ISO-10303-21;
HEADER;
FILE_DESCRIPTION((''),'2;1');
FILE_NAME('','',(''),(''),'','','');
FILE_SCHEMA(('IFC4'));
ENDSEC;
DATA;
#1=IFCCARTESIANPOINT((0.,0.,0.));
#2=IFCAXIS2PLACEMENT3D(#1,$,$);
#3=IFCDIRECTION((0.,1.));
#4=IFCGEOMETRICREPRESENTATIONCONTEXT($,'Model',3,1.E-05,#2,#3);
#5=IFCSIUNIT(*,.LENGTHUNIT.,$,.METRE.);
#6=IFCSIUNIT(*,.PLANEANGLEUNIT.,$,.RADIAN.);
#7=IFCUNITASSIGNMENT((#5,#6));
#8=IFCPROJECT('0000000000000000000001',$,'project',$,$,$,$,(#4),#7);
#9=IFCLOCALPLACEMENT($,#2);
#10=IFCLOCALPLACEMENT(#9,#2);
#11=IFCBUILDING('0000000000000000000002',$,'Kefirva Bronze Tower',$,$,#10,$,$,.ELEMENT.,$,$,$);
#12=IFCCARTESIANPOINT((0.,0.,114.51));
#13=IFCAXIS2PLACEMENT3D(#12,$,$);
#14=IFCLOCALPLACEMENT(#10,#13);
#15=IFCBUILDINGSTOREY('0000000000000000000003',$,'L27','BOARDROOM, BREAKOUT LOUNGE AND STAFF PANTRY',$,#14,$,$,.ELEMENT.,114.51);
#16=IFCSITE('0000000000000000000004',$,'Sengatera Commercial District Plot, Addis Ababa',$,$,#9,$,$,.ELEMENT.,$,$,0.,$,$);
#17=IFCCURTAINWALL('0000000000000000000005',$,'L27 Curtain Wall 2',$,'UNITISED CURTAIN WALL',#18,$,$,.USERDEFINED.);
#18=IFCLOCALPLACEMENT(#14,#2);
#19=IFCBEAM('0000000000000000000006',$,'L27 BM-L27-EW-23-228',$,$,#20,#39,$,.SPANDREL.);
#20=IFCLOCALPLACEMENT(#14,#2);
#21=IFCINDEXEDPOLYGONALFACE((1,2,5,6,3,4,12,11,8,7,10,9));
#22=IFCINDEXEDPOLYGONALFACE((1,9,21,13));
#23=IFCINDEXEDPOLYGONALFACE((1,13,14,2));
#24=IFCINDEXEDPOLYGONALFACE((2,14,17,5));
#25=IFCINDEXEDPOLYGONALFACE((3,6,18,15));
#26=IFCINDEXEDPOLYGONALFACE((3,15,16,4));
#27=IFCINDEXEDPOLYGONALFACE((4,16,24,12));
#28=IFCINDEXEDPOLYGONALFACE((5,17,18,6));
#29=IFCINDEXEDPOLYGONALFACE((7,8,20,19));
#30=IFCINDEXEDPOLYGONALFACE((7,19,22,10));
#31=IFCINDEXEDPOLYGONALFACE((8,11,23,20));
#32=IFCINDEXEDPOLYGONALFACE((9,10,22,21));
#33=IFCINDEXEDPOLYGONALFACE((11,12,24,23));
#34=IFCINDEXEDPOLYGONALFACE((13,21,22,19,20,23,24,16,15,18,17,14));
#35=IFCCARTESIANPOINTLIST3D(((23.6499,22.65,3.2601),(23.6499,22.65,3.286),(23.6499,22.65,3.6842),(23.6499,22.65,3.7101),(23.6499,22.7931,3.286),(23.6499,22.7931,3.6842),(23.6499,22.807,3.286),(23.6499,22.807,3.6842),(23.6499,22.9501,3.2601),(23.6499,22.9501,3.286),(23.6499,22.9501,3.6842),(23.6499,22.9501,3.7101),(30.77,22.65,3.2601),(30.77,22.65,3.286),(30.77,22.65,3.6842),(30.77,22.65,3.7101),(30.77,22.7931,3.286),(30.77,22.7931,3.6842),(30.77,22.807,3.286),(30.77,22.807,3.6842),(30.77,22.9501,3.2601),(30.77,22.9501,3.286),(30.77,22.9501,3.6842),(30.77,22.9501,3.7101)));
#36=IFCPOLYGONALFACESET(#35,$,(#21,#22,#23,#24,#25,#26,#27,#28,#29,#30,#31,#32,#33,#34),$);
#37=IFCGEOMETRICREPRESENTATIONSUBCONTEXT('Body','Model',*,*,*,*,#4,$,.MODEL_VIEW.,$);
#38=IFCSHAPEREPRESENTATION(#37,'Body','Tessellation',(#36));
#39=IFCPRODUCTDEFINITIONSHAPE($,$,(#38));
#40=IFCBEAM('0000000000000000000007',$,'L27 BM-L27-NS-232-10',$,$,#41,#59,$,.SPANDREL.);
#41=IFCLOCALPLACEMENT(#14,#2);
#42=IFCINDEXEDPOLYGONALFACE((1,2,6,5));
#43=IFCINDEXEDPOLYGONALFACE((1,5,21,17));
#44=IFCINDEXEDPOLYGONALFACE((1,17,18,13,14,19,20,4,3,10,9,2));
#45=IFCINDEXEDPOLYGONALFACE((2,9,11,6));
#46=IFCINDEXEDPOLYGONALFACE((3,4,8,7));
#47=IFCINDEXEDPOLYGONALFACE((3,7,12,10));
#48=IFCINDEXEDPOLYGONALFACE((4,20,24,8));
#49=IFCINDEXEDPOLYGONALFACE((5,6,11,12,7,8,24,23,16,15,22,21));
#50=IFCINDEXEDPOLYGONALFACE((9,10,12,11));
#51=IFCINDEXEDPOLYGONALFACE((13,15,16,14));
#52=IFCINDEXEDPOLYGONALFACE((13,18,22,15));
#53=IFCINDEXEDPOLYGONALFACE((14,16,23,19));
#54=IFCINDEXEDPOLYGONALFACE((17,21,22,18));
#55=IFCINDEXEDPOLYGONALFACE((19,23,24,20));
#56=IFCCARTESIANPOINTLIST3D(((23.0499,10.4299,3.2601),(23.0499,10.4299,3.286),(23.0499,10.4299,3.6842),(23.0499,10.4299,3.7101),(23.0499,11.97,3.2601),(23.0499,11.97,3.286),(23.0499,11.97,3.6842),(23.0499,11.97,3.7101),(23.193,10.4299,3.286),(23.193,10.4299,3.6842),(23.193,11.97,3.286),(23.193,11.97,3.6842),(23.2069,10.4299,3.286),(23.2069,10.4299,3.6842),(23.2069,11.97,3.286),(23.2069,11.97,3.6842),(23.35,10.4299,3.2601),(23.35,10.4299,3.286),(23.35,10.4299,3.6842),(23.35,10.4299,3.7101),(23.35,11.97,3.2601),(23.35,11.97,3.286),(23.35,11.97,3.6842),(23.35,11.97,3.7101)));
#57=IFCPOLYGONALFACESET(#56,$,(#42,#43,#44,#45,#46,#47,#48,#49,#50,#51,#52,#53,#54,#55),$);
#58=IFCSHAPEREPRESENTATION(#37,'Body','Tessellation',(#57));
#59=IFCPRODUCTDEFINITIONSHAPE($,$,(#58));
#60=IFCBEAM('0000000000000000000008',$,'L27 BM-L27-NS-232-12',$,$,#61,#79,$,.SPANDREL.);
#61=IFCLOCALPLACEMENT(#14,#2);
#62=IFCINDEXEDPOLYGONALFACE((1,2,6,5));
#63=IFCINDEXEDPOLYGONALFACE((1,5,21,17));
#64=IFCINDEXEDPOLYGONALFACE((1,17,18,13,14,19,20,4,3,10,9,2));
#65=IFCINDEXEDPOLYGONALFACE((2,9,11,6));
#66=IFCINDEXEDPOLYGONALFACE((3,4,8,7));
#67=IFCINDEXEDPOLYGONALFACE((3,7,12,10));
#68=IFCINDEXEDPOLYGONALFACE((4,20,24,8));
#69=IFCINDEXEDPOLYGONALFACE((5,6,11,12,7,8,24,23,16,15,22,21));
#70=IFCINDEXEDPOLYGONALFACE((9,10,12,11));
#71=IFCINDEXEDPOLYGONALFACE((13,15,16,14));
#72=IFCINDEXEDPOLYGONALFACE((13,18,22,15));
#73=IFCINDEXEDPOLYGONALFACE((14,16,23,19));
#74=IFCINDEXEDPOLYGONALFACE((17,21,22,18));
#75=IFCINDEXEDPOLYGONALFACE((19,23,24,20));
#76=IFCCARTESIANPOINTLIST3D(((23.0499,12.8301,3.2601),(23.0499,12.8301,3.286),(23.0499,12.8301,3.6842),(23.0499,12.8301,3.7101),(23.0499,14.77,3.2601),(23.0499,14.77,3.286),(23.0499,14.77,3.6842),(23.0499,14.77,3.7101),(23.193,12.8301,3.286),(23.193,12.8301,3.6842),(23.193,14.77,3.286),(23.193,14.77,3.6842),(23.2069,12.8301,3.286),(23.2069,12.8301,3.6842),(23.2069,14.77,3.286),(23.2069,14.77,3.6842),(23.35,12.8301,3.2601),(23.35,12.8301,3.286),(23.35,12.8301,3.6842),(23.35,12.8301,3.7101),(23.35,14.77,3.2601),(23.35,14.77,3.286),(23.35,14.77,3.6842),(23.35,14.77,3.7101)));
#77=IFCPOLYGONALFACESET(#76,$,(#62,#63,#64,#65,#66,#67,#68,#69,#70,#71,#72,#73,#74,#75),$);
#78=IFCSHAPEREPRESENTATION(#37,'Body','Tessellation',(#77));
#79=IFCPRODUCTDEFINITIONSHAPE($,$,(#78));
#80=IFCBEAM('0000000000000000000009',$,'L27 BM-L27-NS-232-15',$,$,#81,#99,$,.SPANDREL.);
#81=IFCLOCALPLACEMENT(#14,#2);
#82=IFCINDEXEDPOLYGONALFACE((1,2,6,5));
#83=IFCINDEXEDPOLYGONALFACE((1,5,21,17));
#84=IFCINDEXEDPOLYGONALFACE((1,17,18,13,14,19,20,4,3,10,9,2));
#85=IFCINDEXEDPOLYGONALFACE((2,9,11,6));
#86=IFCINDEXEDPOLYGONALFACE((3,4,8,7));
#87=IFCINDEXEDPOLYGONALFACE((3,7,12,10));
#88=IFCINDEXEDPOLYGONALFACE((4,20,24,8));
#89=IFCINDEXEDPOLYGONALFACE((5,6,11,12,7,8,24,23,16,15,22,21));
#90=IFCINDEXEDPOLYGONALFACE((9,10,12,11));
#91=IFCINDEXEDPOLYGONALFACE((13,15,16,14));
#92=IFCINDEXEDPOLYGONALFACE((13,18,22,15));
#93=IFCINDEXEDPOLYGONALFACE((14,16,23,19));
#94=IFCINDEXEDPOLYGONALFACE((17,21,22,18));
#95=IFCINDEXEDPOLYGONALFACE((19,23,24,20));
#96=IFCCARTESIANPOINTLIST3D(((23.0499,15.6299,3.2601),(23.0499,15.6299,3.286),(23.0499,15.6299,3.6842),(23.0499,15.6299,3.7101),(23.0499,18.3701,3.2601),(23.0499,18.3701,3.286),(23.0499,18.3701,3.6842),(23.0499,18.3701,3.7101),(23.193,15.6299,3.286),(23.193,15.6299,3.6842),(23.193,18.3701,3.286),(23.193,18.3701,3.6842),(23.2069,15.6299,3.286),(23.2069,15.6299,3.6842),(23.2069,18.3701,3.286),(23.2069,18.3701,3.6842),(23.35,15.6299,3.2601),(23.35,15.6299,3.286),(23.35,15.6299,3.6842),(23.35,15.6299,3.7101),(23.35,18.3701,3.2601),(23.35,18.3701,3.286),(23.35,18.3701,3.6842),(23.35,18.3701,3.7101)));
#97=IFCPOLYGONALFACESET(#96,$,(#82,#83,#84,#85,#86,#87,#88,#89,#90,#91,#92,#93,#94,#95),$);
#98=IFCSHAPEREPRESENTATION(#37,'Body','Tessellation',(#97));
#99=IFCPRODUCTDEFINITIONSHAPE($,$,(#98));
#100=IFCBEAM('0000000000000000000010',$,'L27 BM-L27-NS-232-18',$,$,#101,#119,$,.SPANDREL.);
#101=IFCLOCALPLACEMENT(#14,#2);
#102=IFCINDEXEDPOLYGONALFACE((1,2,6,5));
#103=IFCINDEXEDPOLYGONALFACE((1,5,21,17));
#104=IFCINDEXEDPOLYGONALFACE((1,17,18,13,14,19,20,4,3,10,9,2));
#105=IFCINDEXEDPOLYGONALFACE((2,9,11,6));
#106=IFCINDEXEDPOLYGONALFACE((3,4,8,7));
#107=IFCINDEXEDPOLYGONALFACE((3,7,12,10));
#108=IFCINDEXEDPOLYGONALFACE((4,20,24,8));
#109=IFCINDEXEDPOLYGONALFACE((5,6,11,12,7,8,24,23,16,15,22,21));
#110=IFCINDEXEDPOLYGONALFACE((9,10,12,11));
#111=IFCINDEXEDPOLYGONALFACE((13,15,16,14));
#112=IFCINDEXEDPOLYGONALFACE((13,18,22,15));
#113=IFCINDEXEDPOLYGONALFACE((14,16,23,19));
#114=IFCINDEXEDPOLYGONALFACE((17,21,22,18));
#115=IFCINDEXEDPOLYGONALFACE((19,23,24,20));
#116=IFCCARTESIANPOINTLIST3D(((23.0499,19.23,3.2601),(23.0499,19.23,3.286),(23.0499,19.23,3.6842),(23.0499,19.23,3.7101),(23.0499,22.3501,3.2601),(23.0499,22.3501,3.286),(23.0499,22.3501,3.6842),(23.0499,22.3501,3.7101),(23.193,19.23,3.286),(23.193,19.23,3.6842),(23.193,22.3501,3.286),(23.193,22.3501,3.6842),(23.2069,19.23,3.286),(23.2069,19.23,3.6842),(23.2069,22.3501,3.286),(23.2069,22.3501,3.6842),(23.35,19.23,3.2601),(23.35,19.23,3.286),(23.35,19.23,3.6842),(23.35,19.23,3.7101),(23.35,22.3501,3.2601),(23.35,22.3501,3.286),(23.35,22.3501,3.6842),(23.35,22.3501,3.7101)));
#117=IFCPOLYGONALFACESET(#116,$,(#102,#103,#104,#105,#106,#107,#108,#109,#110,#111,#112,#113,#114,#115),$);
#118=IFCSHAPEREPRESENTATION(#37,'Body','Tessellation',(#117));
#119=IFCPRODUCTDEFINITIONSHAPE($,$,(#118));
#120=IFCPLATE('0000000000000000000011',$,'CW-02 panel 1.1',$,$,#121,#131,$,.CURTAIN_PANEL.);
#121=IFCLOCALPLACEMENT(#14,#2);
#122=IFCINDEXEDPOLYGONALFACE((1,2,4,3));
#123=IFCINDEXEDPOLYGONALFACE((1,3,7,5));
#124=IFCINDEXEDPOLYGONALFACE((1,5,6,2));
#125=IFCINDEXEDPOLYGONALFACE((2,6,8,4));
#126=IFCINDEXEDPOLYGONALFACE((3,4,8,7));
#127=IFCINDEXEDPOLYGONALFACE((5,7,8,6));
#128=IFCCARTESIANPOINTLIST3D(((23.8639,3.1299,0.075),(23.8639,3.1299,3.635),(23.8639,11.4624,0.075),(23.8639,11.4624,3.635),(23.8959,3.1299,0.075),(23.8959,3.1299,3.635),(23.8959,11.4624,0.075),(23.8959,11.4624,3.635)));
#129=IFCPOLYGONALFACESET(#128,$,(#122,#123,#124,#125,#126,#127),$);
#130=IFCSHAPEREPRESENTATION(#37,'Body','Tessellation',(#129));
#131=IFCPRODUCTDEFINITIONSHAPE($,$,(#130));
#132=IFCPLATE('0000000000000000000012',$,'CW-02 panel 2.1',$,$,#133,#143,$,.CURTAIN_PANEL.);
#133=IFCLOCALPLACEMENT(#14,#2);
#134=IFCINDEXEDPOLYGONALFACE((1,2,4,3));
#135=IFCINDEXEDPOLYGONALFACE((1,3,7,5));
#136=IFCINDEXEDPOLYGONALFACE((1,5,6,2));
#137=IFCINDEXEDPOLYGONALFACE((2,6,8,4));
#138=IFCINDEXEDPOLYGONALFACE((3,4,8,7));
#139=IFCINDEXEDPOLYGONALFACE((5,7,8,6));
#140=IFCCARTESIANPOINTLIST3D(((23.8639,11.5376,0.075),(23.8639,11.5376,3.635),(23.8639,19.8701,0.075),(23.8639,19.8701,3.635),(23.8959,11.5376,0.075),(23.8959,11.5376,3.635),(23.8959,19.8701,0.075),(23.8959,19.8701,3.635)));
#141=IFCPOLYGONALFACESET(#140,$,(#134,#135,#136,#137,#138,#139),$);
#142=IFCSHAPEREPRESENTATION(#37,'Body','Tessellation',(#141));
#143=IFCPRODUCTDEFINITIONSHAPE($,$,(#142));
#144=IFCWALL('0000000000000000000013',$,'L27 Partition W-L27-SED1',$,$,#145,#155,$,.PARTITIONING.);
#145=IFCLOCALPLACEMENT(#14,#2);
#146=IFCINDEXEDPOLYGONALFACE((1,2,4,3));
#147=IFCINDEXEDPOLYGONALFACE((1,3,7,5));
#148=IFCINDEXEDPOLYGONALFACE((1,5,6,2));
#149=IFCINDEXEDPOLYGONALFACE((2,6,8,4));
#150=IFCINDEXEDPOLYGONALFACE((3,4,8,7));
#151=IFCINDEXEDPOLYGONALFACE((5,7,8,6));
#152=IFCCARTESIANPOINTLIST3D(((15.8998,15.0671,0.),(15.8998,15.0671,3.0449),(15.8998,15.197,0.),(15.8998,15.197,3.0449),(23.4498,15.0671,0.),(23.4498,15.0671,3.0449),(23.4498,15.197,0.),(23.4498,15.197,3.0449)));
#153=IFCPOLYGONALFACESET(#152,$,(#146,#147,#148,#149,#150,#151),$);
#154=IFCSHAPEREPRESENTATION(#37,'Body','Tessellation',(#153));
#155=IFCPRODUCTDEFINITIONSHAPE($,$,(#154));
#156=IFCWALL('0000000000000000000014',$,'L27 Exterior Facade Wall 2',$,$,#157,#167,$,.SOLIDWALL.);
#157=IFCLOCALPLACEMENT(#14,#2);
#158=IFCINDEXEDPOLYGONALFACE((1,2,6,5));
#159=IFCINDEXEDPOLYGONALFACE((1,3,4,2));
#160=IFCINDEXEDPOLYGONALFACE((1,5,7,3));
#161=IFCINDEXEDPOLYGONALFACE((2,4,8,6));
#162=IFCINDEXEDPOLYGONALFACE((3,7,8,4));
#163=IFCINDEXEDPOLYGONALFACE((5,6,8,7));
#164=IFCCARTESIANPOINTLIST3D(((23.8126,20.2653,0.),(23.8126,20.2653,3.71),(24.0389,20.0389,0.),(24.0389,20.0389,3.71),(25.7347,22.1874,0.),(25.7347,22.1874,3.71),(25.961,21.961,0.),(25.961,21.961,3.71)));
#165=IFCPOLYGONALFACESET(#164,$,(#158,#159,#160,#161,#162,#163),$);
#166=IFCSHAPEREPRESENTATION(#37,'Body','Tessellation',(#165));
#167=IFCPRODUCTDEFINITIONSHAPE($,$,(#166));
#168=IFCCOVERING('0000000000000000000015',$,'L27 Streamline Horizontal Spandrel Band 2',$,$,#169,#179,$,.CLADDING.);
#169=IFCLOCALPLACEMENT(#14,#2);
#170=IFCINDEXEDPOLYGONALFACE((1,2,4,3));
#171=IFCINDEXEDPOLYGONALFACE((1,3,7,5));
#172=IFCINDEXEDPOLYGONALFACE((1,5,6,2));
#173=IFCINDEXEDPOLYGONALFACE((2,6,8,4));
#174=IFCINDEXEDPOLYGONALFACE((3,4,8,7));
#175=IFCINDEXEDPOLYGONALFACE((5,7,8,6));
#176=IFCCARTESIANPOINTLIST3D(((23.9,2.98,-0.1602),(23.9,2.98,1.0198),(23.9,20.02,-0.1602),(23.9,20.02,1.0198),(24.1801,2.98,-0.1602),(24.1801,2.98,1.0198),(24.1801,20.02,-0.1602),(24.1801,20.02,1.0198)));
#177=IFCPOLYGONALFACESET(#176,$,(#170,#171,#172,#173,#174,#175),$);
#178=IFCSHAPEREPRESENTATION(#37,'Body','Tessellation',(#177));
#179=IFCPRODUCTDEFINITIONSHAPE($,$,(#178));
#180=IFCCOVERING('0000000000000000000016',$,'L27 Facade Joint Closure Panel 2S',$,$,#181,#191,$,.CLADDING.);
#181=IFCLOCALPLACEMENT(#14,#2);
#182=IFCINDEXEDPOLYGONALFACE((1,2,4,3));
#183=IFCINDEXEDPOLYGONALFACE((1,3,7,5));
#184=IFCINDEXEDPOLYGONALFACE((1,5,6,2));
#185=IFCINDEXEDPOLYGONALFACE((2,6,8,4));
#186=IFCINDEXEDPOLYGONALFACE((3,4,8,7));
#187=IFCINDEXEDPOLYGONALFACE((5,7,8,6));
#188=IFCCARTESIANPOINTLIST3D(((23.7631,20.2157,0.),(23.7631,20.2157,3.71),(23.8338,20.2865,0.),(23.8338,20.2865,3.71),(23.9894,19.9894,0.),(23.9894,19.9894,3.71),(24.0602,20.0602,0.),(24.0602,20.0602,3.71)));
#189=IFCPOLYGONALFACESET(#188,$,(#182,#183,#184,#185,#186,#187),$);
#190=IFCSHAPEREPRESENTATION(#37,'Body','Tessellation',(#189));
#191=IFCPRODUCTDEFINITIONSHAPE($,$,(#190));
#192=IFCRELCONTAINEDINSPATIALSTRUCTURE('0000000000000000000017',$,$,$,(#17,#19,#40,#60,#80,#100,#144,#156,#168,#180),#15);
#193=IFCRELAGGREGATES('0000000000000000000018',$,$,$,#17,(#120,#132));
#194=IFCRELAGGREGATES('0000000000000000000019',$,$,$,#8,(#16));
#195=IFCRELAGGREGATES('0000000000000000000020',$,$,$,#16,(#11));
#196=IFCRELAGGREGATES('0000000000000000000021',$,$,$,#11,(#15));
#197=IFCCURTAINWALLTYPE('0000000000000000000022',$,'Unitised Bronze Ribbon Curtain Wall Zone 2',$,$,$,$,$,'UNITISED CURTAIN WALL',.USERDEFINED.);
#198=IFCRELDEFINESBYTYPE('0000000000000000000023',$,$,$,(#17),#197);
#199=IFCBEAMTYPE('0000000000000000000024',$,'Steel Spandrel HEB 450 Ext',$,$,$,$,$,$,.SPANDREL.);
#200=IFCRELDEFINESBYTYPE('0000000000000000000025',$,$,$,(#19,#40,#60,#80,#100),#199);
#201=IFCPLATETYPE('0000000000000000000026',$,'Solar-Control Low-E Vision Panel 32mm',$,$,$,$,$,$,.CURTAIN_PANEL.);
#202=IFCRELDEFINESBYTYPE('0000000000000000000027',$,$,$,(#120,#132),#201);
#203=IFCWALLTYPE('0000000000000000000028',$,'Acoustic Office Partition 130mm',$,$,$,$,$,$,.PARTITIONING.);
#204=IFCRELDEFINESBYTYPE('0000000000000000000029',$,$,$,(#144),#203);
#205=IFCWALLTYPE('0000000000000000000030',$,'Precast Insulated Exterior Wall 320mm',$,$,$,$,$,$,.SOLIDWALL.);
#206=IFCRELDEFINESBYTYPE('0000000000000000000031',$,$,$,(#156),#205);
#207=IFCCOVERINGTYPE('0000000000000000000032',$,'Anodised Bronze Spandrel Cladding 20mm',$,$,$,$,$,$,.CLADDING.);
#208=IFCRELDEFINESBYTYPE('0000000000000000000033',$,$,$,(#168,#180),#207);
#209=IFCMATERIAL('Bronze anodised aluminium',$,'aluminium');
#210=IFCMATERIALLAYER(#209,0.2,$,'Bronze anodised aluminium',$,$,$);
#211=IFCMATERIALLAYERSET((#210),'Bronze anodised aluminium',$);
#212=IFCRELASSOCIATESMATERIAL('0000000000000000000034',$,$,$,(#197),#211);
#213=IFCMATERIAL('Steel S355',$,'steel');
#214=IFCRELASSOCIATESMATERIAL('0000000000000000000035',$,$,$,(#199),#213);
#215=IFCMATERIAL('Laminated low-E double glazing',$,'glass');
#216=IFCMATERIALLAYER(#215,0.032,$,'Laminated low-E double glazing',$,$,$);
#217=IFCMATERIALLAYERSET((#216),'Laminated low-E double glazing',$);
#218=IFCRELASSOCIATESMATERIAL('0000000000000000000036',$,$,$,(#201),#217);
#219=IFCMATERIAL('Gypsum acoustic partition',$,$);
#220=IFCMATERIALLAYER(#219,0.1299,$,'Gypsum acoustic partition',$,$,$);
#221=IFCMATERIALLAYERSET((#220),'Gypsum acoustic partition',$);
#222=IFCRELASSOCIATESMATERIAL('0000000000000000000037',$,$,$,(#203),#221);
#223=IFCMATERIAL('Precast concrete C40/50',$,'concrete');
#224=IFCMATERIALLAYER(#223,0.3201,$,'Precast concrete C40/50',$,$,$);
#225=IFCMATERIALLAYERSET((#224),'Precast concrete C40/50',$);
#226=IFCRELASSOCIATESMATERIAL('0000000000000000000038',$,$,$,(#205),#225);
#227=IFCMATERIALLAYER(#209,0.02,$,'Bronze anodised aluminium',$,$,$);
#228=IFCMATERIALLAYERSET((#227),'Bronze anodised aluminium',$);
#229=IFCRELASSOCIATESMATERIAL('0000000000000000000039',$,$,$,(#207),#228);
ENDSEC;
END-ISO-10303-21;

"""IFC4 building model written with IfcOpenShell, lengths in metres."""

from ifc_helpers import new_model, si_unit, direction, frame, frame_2d, origin, origin_2d, place, context, subcontext, project, spatial, rectangle, i_section, extrude, material, layer, layer_set, material_profile, profile_set, type_object, element, aggregate, save


model = new_model("IFC4")

# Units and contexts
model_context = context("Model", 3, precision=1e-05, world=origin(), true_north=direction((0.0, 1.0)))
body_context = subcontext(model_context, "Body", "Model", "MODEL_VIEW")
ifc_project = project(units=[si_unit("LENGTHUNIT", "METRE"), si_unit("PLANEANGLEUNIT", "RADIAN")], contexts=[model_context])

# Site, building, storey
site_placement = place(None, origin())
site = spatial("IfcSite", under=ifc_project, at=site_placement, Name="Sengatera Commercial District Plot, Addis Ababa", CompositionType="ELEMENT", RefElevation=0.0)
building_placement = place(site_placement, origin())
building = spatial("IfcBuilding", under=site, at=building_placement, Name="Kefirva Bronze Tower", CompositionType="ELEMENT")
storey_placement = place(building_placement, frame((0.0, 0.0, 114.51)))
storey = spatial("IfcBuildingStorey", under=building, at=storey_placement, Name="L27", Description="BOARDROOM, BREAKOUT LOUNGE AND STAFF PANTRY", CompositionType="ELEMENT", Elevation=114.51)

# Curtain wall
ifc_material_1 = material(Name="Bronze anodised aluminium", Category="aluminium")
ifc_layer_1 = layer(ifc_material_1, 0.2, Name="Bronze anodised aluminium")
ifc_layer_set_1 = layer_set([ifc_layer_1], Name="Bronze anodised aluminium")
curtain_wall_type = type_object("IfcCurtainWallType", Name="Unitised Bronze Ribbon Curtain Wall Zone 2", ElementType="UNITISED CURTAIN WALL", PredefinedType="USERDEFINED", material=ifc_layer_set_1)
curtain_wall_placement = place(storey_placement, origin())
curtain_wall = element("IfcCurtainWall", 1, at=curtain_wall_placement, inside=storey, type_object=curtain_wall_type, Name="L27 Curtain Wall 2", ObjectType="UNITISED CURTAIN WALL", PredefinedType="USERDEFINED")

# Beams
ifc_material_2 = material(Name="Steel S355", Category="steel")
ifc_material_profile_1 = material_profile(ifc_material_2, i_section(OverallWidth=0.3, OverallDepth=0.45, WebThickness=0.0139, FlangeThickness=0.0259, at=origin_2d()), Name="HEB 450")
ifc_profile_set_1 = profile_set([ifc_material_profile_1], Name="Steel S355")
beam_type_1 = type_object("IfcBeamType", Name="Steel Spandrel HEB 450 Ext", PredefinedType="SPANDREL", material=ifc_profile_set_1)
beam_1_placement = place(storey_placement, frame((23.6499, 22.8, 3.4851), z_axis=(1.0, 0.0, 0.0), x_axis=(0.0, 1.0, 0.0)))
element("IfcBeam", 2, at=beam_1_placement, inside=storey, type_object=beam_type_1, Name="L27 BM-L27-EW-23-228", PredefinedType="SPANDREL", context=body_context, shape_type="SweptSolid", body=[
    extrude(i_section(OverallWidth=0.3, OverallDepth=0.45, WebThickness=0.0139, FlangeThickness=0.0259, at=origin_2d()), origin(), (0.0, 0.0, 1.0), 7.1201),
])
beam_2_placement = place(storey_placement, frame((23.2, 10.4299, 3.4851), z_axis=(0.0, 1.0, 0.0), x_axis=(-1.0, 0.0, 0.0)))
element("IfcBeam", 3, at=beam_2_placement, inside=storey, type_object=beam_type_1, Name="L27 BM-L27-NS-232-10", PredefinedType="SPANDREL", context=body_context, shape_type="SweptSolid", body=[
    extrude(i_section(OverallWidth=0.3, OverallDepth=0.45, WebThickness=0.0139, FlangeThickness=0.0259, at=origin_2d()), origin(), (0.0, 0.0, 1.0), 1.54),
])
beam_3_placement = place(storey_placement, frame((23.2, 12.8301, 3.4851), z_axis=(0.0, 1.0, 0.0), x_axis=(-1.0, 0.0, 0.0)))
element("IfcBeam", 4, at=beam_3_placement, inside=storey, type_object=beam_type_1, Name="L27 BM-L27-NS-232-12", PredefinedType="SPANDREL", context=body_context, shape_type="SweptSolid", body=[
    extrude(i_section(OverallWidth=0.3, OverallDepth=0.45, WebThickness=0.0139, FlangeThickness=0.0259, at=origin_2d()), origin(), (0.0, 0.0, 1.0), 1.9399),
])
beam_4_placement = place(storey_placement, frame((23.2, 15.6299, 3.4851), z_axis=(0.0, 1.0, 0.0), x_axis=(-1.0, 0.0, 0.0)))
element("IfcBeam", 5, at=beam_4_placement, inside=storey, type_object=beam_type_1, Name="L27 BM-L27-NS-232-15", PredefinedType="SPANDREL", context=body_context, shape_type="SweptSolid", body=[
    extrude(i_section(OverallWidth=0.3, OverallDepth=0.45, WebThickness=0.0139, FlangeThickness=0.0259, at=origin_2d()), origin(), (0.0, 0.0, 1.0), 2.7402),
])
beam_5_placement = place(storey_placement, frame((23.2, 19.23, 3.4851), z_axis=(0.0, 1.0, 0.0), x_axis=(-1.0, 0.0, 0.0)))
element("IfcBeam", 6, at=beam_5_placement, inside=storey, type_object=beam_type_1, Name="L27 BM-L27-NS-232-18", PredefinedType="SPANDREL", context=body_context, shape_type="SweptSolid", body=[
    extrude(i_section(OverallWidth=0.3, OverallDepth=0.45, WebThickness=0.0139, FlangeThickness=0.0259, at=origin_2d()), origin(), (0.0, 0.0, 1.0), 3.1201),
])

# Plates
ifc_material_3 = material(Name="Laminated low-E double glazing", Category="glass")
ifc_layer_2 = layer(ifc_material_3, 0.032, Name="Laminated low-E double glazing")
ifc_layer_set_2 = layer_set([ifc_layer_2], Name="Laminated low-E double glazing")
plate_type = type_object("IfcPlateType", Name="Solar-Control Low-E Vision Panel 32mm", PredefinedType="CURTAIN_PANEL", material=ifc_layer_set_2)
plate_1_placement = place(storey_placement, frame((23.8799, 7.2961, 0.075), z_axis=(0.0, 0.0, 1.0), x_axis=(0.0, 1.0, 0.0)))
plate_1 = element("IfcPlate", 7, at=plate_1_placement, type_object=plate_type, Name="CW-02 panel 1.1", PredefinedType="CURTAIN_PANEL", context=body_context, shape_type="SweptSolid", body=[
    extrude(rectangle(XDim=8.3325, YDim=0.032, at=origin_2d()), origin(), (0.0, 0.0, 1.0), 3.5601),
])
plate_2_placement = place(storey_placement, frame((23.8799, 15.7039, 0.075), z_axis=(0.0, 0.0, 1.0), x_axis=(0.0, 1.0, 0.0)))
plate_2 = element("IfcPlate", 8, at=plate_2_placement, type_object=plate_type, Name="CW-02 panel 2.1", PredefinedType="CURTAIN_PANEL", context=body_context, shape_type="SweptSolid", body=[
    extrude(rectangle(XDim=8.3325, YDim=0.032, at=origin_2d()), origin(), (0.0, 0.0, 1.0), 3.5601),
])
aggregate(curtain_wall, [plate_1, plate_2])

# Walls
ifc_material_4 = material(Name="Gypsum acoustic partition")
ifc_layer_3 = layer(ifc_material_4, 0.1299, Name="Gypsum acoustic partition")
ifc_layer_set_3 = layer_set([ifc_layer_3], Name="Gypsum acoustic partition")
wall_type_1 = type_object("IfcWallType", Name="Acoustic Office Partition 130mm", PredefinedType="PARTITIONING", material=ifc_layer_set_3)
wall_1_placement = place(storey_placement, frame((15.8999, 15.1321, 0.0), z_axis=(0.0, 0.0, 1.0), x_axis=(1.0, 0.0, 0.0)))
element("IfcWall", 9, at=wall_1_placement, inside=storey, type_object=wall_type_1, Name="L27 Partition W-L27-SED1", PredefinedType="PARTITIONING", context=body_context, shape_type="SweptSolid", body=[
    extrude(rectangle(XDim=7.55, YDim=0.1299, at=frame_2d((3.7749, 0.0))), origin(), (0.0, 0.0, 1.0), 3.0449),
])
ifc_material_5 = material(Name="Precast concrete C40/50", Category="concrete")
ifc_layer_4 = layer(ifc_material_5, 0.3201, Name="Precast concrete C40/50")
ifc_layer_set_4 = layer_set([ifc_layer_4], Name="Precast concrete C40/50")
wall_type_2 = type_object("IfcWallType", Name="Precast Insulated Exterior Wall 320mm", PredefinedType="SOLIDWALL", material=ifc_layer_set_4)
wall_2_placement = place(storey_placement, frame((23.9258, 20.1521, 0.0), z_axis=(0.0, 0.0, 1.0), x_axis=(0.707107, 0.707107, 0.0)))
element("IfcWall", 10, at=wall_2_placement, inside=storey, type_object=wall_type_2, Name="L27 Exterior Facade Wall 2", PredefinedType="SOLIDWALL", context=body_context, shape_type="SweptSolid", body=[
    extrude(rectangle(XDim=2.7183, YDim=0.3201, at=frame_2d((1.3591, 0.0))), origin(), (0.0, 0.0, 1.0), 3.71),
])

# Coverings
ifc_layer_5 = layer(ifc_material_1, 0.02, Name="Bronze anodised aluminium")
ifc_layer_set_5 = layer_set([ifc_layer_5], Name="Bronze anodised aluminium")
covering_type_1 = type_object("IfcCoveringType", Name="Anodised Bronze Spandrel Cladding 20mm", PredefinedType="CLADDING", material=ifc_layer_set_5)
covering_1_placement = place(storey_placement, frame((24.04, 11.5, -0.1602), z_axis=(0.0, 0.0, 1.0), x_axis=(0.0, 1.0, 0.0)))
element("IfcCovering", 11, at=covering_1_placement, inside=storey, type_object=covering_type_1, Name="L27 Streamline Horizontal Spandrel Band 2", PredefinedType="CLADDING", context=body_context, shape_type="SweptSolid", body=[
    extrude(rectangle(XDim=17.04, YDim=0.28, at=origin_2d()), origin(), (0.0, 0.0, 1.0), 1.1799),
])
covering_2_placement = place(storey_placement, frame((23.9116, 20.1379, 0.0), z_axis=(0.0, 0.0, 1.0), x_axis=(0.707107, 0.707107, 0.0)))
element("IfcCovering", 12, at=covering_2_placement, inside=storey, type_object=covering_type_1, Name="L27 Facade Joint Closure Panel 2S", PredefinedType="CLADDING", context=body_context, shape_type="SweptSolid", body=[
    extrude(rectangle(XDim=0.1001, YDim=0.3201, at=origin_2d()), origin(), (0.0, 0.0, 1.0), 3.71),
])

save(model, "model.ifc")
